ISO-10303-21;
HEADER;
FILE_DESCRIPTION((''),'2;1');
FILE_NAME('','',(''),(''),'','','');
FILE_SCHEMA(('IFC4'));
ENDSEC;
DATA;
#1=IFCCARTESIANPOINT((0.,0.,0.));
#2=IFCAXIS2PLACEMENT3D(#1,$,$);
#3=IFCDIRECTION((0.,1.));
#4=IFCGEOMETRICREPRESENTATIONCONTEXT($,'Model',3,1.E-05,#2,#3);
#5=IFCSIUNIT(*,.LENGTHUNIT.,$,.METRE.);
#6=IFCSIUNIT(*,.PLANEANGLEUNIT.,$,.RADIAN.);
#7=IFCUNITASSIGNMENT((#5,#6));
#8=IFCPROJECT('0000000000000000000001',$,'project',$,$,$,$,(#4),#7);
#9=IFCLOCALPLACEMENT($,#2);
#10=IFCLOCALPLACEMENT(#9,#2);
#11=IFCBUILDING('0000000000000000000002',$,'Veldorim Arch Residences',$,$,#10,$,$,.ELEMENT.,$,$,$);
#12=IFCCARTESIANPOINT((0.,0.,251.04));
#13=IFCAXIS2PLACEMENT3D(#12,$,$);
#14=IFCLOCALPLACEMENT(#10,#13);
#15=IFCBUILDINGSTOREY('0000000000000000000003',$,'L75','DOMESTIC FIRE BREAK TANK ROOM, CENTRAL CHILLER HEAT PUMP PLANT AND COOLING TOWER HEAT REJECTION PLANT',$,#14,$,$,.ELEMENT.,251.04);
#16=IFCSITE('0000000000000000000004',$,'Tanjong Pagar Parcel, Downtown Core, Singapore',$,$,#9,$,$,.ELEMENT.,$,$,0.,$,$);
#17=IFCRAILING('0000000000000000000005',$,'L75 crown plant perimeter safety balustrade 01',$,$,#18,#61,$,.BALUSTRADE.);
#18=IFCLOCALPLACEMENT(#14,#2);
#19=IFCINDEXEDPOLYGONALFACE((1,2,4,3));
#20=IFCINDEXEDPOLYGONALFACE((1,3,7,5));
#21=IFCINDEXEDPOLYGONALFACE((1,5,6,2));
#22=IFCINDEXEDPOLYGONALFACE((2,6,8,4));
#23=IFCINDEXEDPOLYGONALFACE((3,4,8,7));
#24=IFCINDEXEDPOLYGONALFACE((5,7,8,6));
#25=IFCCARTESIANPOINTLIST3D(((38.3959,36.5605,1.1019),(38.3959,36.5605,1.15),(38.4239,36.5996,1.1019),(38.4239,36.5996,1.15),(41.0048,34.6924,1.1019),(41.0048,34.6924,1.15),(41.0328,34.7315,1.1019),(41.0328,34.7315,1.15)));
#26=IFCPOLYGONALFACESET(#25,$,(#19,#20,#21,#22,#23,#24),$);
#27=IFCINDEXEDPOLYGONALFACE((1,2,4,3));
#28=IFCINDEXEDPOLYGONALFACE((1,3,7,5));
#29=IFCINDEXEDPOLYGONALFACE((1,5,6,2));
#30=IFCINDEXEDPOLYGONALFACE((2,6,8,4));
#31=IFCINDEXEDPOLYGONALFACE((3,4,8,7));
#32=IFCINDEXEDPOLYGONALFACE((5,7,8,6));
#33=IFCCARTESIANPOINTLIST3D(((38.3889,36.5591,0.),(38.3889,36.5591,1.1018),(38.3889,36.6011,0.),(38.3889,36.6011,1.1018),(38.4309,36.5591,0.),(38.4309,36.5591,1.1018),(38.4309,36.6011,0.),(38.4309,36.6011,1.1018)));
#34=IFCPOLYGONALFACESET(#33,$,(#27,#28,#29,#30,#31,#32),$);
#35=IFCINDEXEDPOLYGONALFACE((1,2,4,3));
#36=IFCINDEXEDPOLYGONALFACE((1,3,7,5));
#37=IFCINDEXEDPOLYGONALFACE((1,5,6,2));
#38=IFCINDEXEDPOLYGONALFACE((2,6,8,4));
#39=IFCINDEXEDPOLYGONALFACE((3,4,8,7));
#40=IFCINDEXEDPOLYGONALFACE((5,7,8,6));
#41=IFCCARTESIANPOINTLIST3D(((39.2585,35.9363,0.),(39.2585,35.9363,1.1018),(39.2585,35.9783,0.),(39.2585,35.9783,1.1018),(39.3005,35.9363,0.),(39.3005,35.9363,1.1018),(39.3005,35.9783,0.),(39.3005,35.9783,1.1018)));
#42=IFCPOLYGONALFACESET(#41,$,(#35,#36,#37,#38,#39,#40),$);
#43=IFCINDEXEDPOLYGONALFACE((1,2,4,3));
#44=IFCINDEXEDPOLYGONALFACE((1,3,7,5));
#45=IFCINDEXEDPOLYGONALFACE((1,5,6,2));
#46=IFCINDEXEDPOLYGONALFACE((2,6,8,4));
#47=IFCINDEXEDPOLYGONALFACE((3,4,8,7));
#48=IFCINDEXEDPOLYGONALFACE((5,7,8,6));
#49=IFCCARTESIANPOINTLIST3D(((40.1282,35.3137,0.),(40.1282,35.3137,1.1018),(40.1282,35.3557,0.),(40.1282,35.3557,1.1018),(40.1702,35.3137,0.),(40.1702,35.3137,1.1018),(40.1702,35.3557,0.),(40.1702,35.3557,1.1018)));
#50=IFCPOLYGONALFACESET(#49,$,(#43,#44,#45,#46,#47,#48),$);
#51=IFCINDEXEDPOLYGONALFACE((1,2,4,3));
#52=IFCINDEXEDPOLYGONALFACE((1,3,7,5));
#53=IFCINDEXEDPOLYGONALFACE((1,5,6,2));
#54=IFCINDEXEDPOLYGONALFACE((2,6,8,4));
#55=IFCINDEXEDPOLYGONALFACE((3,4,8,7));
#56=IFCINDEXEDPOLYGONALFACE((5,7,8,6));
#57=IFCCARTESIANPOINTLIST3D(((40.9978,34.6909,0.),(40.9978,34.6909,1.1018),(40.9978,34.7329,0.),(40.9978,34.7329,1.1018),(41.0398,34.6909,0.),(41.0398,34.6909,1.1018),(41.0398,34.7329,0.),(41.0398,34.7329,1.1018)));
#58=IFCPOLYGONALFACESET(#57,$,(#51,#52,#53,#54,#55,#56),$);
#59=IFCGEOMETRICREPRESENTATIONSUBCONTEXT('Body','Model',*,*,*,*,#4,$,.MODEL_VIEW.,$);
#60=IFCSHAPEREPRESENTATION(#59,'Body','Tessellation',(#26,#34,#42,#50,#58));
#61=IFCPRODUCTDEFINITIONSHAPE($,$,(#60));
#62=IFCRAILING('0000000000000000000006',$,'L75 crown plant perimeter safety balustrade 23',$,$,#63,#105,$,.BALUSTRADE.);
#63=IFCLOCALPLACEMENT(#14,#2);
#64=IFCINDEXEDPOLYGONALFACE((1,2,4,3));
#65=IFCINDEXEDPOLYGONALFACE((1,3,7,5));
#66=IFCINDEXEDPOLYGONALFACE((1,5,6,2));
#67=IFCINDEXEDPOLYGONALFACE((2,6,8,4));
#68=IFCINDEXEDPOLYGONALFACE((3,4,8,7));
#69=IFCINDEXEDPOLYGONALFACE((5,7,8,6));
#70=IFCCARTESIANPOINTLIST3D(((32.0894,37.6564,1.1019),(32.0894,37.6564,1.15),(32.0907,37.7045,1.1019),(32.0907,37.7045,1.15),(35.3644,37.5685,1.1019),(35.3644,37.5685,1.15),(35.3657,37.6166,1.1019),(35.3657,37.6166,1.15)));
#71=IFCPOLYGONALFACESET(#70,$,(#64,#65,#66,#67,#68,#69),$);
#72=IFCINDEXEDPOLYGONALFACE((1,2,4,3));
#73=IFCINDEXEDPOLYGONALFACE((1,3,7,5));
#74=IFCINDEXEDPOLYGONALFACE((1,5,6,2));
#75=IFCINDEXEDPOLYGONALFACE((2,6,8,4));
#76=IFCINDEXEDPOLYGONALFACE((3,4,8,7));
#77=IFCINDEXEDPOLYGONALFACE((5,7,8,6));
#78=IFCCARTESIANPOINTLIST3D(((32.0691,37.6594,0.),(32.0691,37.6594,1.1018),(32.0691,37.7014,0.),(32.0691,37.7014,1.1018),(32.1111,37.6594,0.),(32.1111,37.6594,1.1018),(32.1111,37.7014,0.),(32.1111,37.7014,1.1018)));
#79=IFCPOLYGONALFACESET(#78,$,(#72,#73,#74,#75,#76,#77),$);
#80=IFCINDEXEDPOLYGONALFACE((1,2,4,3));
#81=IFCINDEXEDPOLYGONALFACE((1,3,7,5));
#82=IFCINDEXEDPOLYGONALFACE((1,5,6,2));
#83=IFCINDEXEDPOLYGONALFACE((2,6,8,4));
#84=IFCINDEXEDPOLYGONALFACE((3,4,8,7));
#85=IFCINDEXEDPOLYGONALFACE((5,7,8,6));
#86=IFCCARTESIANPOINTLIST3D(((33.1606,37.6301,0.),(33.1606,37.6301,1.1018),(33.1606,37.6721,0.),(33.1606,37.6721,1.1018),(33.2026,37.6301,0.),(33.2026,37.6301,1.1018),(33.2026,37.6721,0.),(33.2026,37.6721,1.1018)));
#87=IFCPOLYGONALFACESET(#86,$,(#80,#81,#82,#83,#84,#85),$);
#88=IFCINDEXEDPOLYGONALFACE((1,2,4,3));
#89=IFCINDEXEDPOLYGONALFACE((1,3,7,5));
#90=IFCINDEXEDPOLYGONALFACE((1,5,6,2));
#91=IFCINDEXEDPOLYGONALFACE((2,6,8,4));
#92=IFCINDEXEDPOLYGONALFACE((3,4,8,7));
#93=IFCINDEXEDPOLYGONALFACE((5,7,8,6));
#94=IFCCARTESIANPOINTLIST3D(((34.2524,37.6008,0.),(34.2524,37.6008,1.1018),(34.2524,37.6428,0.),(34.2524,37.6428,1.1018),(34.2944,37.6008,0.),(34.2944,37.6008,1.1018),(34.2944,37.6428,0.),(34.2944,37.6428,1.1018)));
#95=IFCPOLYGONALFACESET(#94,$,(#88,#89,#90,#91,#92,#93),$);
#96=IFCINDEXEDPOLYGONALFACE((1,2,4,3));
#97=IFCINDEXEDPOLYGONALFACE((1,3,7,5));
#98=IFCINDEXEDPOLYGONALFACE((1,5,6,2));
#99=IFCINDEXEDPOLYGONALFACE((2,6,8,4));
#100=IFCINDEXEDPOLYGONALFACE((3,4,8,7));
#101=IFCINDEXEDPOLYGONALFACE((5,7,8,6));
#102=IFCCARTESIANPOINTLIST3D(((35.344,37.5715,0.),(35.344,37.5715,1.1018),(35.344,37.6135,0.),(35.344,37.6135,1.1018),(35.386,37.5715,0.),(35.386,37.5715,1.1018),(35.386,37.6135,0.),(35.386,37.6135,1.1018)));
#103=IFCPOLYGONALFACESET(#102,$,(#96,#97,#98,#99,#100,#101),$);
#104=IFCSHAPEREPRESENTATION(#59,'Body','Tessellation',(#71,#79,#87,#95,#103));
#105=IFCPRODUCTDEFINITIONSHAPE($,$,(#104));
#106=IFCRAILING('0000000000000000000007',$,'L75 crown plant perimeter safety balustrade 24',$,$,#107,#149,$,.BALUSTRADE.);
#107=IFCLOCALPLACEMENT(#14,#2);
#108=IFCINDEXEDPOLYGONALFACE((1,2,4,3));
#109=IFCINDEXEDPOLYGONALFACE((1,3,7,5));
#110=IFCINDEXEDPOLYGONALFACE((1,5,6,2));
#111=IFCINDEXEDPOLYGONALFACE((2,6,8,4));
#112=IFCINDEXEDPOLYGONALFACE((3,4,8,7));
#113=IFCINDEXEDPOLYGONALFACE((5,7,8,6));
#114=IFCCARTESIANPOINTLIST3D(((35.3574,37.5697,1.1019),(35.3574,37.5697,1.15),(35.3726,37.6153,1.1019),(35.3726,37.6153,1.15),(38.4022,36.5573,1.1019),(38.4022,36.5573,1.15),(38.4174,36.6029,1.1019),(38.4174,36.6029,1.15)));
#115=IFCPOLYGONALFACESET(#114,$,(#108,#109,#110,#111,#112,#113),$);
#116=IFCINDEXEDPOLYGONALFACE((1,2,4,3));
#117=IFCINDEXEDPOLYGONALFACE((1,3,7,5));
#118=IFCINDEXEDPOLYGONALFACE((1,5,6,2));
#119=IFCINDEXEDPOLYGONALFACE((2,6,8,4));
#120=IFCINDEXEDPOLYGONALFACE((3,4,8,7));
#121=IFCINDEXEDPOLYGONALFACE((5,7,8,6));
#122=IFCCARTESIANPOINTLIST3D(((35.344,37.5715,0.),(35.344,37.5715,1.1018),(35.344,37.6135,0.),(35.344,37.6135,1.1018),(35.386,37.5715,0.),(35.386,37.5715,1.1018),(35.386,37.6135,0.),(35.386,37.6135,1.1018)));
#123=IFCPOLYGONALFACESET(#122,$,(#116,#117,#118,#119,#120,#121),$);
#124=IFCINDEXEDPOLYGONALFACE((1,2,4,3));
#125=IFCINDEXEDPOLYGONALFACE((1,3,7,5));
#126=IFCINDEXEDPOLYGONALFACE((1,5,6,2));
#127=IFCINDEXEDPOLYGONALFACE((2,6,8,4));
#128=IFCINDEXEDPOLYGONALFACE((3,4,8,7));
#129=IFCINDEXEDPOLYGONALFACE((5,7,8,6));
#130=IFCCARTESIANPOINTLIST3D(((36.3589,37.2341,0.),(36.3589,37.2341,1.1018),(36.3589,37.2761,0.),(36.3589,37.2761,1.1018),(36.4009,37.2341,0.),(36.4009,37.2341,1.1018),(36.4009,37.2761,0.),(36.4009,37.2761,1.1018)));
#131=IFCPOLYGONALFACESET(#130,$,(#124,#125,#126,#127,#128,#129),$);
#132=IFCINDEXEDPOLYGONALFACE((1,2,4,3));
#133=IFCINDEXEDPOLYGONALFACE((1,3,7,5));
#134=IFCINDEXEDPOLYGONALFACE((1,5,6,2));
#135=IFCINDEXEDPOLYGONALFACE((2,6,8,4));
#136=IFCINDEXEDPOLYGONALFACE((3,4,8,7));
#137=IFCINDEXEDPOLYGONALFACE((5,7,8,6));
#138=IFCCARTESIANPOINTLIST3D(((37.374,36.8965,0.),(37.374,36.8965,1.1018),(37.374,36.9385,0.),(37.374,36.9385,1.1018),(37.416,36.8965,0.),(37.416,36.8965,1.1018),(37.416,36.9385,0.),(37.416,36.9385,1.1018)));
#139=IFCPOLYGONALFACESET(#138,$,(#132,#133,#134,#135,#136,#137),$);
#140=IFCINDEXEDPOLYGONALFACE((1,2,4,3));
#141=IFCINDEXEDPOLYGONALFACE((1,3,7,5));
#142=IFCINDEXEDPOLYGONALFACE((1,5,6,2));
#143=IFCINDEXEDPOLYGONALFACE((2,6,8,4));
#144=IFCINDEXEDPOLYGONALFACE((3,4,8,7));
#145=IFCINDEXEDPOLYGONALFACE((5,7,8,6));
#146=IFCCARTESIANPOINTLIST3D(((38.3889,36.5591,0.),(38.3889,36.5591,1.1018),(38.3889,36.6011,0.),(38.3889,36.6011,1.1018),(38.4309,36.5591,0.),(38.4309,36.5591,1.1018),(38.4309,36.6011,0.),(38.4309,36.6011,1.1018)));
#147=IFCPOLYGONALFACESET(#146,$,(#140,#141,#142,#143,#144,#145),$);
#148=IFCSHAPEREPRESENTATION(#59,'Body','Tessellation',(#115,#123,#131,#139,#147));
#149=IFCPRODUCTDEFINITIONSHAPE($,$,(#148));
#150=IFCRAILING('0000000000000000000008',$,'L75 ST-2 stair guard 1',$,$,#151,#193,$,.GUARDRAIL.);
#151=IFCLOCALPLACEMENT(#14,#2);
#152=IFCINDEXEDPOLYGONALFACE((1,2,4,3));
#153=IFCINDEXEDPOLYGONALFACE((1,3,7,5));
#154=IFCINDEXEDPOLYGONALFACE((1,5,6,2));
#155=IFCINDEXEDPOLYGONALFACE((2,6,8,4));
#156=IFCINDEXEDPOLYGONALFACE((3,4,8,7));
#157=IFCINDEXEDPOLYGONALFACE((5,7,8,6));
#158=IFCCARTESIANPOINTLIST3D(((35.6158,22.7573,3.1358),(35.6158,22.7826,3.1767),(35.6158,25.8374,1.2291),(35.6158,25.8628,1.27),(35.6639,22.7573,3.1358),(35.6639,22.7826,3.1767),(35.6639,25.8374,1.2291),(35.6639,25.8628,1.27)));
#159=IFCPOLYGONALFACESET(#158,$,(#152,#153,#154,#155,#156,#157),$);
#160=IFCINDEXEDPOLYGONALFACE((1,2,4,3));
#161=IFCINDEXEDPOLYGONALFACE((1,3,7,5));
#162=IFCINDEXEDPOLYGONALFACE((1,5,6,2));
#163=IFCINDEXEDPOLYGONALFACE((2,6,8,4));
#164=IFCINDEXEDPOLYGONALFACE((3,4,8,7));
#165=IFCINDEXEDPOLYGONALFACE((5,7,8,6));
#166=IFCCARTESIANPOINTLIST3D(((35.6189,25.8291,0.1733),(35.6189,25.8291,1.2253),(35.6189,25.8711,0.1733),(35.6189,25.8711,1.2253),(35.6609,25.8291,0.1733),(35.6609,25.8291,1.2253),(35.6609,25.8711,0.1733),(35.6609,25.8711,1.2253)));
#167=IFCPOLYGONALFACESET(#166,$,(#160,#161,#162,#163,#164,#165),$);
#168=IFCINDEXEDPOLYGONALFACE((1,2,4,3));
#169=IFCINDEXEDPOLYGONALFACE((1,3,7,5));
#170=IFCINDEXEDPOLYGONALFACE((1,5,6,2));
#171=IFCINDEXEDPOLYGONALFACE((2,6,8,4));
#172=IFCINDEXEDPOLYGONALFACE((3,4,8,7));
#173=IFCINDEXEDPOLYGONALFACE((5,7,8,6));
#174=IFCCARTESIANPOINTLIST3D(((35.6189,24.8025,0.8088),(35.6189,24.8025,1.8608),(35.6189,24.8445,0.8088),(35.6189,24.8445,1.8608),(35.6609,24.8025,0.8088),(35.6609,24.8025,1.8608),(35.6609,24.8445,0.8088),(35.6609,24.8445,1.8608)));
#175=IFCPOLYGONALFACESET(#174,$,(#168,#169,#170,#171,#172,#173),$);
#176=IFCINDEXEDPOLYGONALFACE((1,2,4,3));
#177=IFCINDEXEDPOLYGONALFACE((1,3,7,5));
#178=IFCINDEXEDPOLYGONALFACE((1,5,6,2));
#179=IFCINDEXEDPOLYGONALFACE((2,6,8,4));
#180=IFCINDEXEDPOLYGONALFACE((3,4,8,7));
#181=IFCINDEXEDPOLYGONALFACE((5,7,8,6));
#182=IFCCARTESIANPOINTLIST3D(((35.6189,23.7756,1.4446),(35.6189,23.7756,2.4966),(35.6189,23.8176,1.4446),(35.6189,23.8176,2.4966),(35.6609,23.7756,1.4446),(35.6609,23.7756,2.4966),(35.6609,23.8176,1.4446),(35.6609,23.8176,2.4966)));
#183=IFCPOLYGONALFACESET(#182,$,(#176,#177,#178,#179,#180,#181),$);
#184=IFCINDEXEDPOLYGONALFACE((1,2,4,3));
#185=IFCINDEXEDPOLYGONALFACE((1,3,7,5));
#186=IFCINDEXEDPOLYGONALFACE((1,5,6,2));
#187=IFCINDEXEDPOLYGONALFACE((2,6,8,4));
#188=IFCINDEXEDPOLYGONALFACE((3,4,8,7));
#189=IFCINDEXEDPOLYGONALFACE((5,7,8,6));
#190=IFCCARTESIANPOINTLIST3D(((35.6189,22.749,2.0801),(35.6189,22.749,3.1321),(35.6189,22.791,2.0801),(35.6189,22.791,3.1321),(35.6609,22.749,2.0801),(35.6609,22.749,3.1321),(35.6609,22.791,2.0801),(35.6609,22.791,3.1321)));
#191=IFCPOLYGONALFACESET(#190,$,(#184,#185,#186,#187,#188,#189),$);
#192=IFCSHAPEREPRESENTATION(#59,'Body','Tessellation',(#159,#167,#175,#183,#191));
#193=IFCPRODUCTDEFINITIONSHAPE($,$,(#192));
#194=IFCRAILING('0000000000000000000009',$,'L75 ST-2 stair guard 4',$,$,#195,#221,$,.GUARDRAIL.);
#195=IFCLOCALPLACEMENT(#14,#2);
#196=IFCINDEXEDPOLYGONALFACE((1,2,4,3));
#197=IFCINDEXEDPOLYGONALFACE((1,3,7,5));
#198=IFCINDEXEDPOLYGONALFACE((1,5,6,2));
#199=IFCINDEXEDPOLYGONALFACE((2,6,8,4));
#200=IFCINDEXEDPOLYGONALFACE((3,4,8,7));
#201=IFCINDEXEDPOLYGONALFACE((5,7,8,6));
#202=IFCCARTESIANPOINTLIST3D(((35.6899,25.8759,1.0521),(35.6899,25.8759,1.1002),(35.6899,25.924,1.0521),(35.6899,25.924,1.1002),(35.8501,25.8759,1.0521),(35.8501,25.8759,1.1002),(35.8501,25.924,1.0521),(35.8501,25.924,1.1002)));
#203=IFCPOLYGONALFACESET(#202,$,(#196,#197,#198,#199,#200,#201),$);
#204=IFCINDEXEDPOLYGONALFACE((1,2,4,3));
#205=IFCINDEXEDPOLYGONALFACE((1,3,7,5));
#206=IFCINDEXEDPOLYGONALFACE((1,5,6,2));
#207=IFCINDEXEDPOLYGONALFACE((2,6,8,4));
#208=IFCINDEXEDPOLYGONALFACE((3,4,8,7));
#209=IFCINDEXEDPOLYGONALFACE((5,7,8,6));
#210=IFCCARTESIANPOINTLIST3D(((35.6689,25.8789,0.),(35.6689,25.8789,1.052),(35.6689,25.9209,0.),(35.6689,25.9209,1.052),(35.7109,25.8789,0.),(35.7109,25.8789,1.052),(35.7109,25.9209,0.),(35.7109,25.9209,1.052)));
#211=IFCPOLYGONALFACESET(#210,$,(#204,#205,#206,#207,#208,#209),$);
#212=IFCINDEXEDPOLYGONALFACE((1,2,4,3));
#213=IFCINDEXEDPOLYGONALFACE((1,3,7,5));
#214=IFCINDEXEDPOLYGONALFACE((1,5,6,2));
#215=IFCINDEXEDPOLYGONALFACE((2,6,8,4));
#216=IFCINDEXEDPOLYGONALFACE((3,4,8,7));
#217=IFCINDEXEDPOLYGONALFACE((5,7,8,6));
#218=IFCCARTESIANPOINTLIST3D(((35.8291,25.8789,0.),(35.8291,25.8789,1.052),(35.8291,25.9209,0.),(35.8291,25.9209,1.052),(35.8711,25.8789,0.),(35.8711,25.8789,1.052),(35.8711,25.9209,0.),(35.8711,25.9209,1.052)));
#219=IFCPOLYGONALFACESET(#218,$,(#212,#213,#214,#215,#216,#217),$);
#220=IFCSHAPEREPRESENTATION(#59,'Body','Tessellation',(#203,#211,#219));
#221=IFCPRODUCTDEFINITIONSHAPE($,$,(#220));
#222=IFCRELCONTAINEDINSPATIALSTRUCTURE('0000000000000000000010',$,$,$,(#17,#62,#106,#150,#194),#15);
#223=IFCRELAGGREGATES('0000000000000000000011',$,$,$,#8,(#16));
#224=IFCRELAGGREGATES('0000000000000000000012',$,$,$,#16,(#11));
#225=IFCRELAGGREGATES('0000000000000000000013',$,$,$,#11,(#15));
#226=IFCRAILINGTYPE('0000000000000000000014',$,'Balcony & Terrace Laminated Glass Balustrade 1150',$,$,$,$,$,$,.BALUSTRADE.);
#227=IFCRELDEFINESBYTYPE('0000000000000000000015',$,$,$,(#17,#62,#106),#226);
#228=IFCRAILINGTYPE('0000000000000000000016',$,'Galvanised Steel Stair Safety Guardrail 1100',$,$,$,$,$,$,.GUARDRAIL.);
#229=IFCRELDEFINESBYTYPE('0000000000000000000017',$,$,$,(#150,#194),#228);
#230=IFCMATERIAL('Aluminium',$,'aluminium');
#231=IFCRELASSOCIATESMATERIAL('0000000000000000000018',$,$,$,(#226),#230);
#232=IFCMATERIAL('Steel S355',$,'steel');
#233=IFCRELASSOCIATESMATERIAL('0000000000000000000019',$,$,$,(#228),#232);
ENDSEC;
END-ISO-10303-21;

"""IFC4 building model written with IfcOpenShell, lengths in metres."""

from ifc_helpers import new_model, si_unit, direction, frame, origin, origin_2d, place, context, subcontext, project, spatial, rectangle, extrude, material, type_object, element, save


model = new_model("IFC4")

# Units and contexts
model_context = context("Model", 3, precision=1e-05, world=origin(), true_north=direction((0.0, 1.0)))
body_context = subcontext(model_context, "Body", "Model", "MODEL_VIEW")
ifc_project = project(units=[si_unit("LENGTHUNIT", "METRE"), si_unit("PLANEANGLEUNIT", "RADIAN")], contexts=[model_context])

# Site, building, storey
site_placement = place(None, origin())
site = spatial("IfcSite", under=ifc_project, at=site_placement, Name="Tanjong Pagar Parcel, Downtown Core, Singapore", CompositionType="ELEMENT", RefElevation=0.0)
building_placement = place(site_placement, origin())
building = spatial("IfcBuilding", under=site, at=building_placement, Name="Veldorim Arch Residences", CompositionType="ELEMENT")
storey_placement = place(building_placement, frame((0.0, 0.0, 251.04)))
storey = spatial("IfcBuildingStorey", under=building, at=storey_placement, Name="L75", Description="DOMESTIC FIRE BREAK TANK ROOM, CENTRAL CHILLER HEAT PUMP PLANT AND COOLING TOWER HEAT REJECTION PLANT", CompositionType="ELEMENT", Elevation=251.04)

# Railings
ifc_material_1 = material(Name="Aluminium", Category="aluminium")
railing_type_1 = type_object("IfcRailingType", Name="Balcony & Terrace Laminated Glass Balustrade 1150", PredefinedType="BALUSTRADE", material=ifc_material_1)
railing_1_placement = place(storey_placement, frame((38.4099, 36.5801, 0.0)))
element("IfcRailing", 1, at=railing_1_placement, inside=storey, type_object=railing_type_1, Name="L75 crown plant perimeter safety balustrade 01", PredefinedType="BALUSTRADE", context=body_context, shape_type="SweptSolid", body=[
    extrude(rectangle(XDim=0.0481, YDim=0.0481, at=origin_2d()), frame((0.0, 0.0, 1.126), z_axis=(0.813044, -0.582202, 0.0), x_axis=(0.582202, 0.813044, 0.0)), (0.0, 0.0, 1.0), 3.2087),
    extrude(rectangle(XDim=0.042, YDim=0.042, at=origin_2d()), origin(), (0.0, 0.0, 1.0), 1.1018),
    extrude(rectangle(XDim=0.042, YDim=0.042, at=origin_2d()), frame((0.8696, -0.6228, 0.0)), (0.0, 0.0, 1.0), 1.1018),
    extrude(rectangle(XDim=0.042, YDim=0.042, at=origin_2d()), frame((1.7393, -1.2454, 0.0)), (0.0, 0.0, 1.0), 1.1018),
    extrude(rectangle(XDim=0.042, YDim=0.042, at=origin_2d()), frame((2.6089, -1.8682, 0.0)), (0.0, 0.0, 1.0), 1.1018),
])
railing_2_placement = place(storey_placement, frame((32.0901, 37.6804, 0.0)))
element("IfcRailing", 2, at=railing_2_placement, inside=storey, type_object=railing_type_1, Name="L75 crown plant perimeter safety balustrade 23", PredefinedType="BALUSTRADE", context=body_context, shape_type="SweptSolid", body=[
    extrude(rectangle(XDim=0.0481, YDim=0.0481, at=origin_2d()), frame((0.0, 0.0, 1.126), z_axis=(0.99964, -0.026828, 0.0), x_axis=(0.026828, 0.99964, 0.0)), (0.0, 0.0, 1.0), 3.2761),
    extrude(rectangle(XDim=0.042, YDim=0.042, at=origin_2d()), origin(), (0.0, 0.0, 1.0), 1.1018),
    extrude(rectangle(XDim=0.042, YDim=0.042, at=origin_2d()), frame((1.0916, -0.0293, 0.0)), (0.0, 0.0, 1.0), 1.1018),
    extrude(rectangle(XDim=0.042, YDim=0.042, at=origin_2d()), frame((2.1833, -0.0586, 0.0)), (0.0, 0.0, 1.0), 1.1018),
    extrude(rectangle(XDim=0.042, YDim=0.042, at=origin_2d()), frame((3.2749, -0.0879, 0.0)), (0.0, 0.0, 1.0), 1.1018),
])
railing_3_placement = place(storey_placement, frame((35.365, 37.5925, 0.0)))
element("IfcRailing", 3, at=railing_3_placement, inside=storey, type_object=railing_type_1, Name="L75 crown plant perimeter safety balustrade 24", PredefinedType="BALUSTRADE", context=body_context, shape_type="SweptSolid", body=[
    extrude(rectangle(XDim=0.0481, YDim=0.0481, at=origin_2d()), frame((0.0, 0.0, 1.126), z_axis=(0.948919, -0.31552, 0.0), x_axis=(0.31552, 0.948919, 0.0)), (0.0, 0.0, 1.0), 3.2087),
    extrude(rectangle(XDim=0.042, YDim=0.042, at=origin_2d()), origin(), (0.0, 0.0, 1.0), 1.1018),
    extrude(rectangle(XDim=0.042, YDim=0.042, at=origin_2d()), frame((1.0149, -0.3374, 0.0)), (0.0, 0.0, 1.0), 1.1018),
    extrude(rectangle(XDim=0.042, YDim=0.042, at=origin_2d()), frame((2.03, -0.675, 0.0)), (0.0, 0.0, 1.0), 1.1018),
    extrude(rectangle(XDim=0.042, YDim=0.042, at=origin_2d()), frame((3.0449, -1.0125, 0.0)), (0.0, 0.0, 1.0), 1.1018),
])
ifc_material_2 = material(Name="Steel S355", Category="steel")
railing_type_2 = type_object("IfcRailingType", Name="Galvanised Steel Stair Safety Guardrail 1100", PredefinedType="GUARDRAIL", material=ifc_material_2)
railing_4_placement = place(storey_placement, frame((35.6399, 25.8501, 0.1733)))
element("IfcRailing", 4, at=railing_4_placement, inside=storey, type_object=railing_type_2, Name="L75 ST-2 stair guard 1", PredefinedType="GUARDRAIL", context=body_context, shape_type="SweptSolid", body=[
    extrude(rectangle(XDim=0.0481, YDim=0.0481, at=origin_2d()), frame((0.0, 0.0, 1.0762), z_axis=(0.0, -0.850262, 0.526359), x_axis=(1.0, 0.0, 0.0)), (0.0, 0.0, 1.0), 3.6226),
    extrude(rectangle(XDim=0.042, YDim=0.042, at=origin_2d()), origin(), (0.0, 0.0, 1.0), 1.052),
    extrude(rectangle(XDim=0.042, YDim=0.042, at=origin_2d()), frame((0.0, -1.0266, 0.6355)), (0.0, 0.0, 1.0), 1.052),
    extrude(rectangle(XDim=0.042, YDim=0.042, at=origin_2d()), frame((0.0, -2.0535, 1.2712)), (0.0, 0.0, 1.0), 1.052),
    extrude(rectangle(XDim=0.042, YDim=0.042, at=origin_2d()), frame((0.0, -3.0801, 1.9067)), (0.0, 0.0, 1.0), 1.052),
])
railing_5_placement = place(storey_placement, frame((35.6899, 25.8999, 0.0)))
element("IfcRailing", 5, at=railing_5_placement, inside=storey, type_object=railing_type_2, Name="L75 ST-2 stair guard 4", PredefinedType="GUARDRAIL", context=body_context, shape_type="SweptSolid", body=[
    extrude(rectangle(XDim=0.0481, YDim=0.0481, at=origin_2d()), frame((0.0, 0.0, 1.0762), z_axis=(1.0, 0.0, 0.0), x_axis=(0.0, 1.0, 0.0)), (0.0, 0.0, 1.0), 0.1602),
    extrude(rectangle(XDim=0.042, YDim=0.042, at=origin_2d()), origin(), (0.0, 0.0, 1.0), 1.052),
    extrude(rectangle(XDim=0.042, YDim=0.042, at=origin_2d()), frame((0.1602, 0.0, 0.0)), (0.0, 0.0, 1.0), 1.052),
])

save(model, "model.ifc")
